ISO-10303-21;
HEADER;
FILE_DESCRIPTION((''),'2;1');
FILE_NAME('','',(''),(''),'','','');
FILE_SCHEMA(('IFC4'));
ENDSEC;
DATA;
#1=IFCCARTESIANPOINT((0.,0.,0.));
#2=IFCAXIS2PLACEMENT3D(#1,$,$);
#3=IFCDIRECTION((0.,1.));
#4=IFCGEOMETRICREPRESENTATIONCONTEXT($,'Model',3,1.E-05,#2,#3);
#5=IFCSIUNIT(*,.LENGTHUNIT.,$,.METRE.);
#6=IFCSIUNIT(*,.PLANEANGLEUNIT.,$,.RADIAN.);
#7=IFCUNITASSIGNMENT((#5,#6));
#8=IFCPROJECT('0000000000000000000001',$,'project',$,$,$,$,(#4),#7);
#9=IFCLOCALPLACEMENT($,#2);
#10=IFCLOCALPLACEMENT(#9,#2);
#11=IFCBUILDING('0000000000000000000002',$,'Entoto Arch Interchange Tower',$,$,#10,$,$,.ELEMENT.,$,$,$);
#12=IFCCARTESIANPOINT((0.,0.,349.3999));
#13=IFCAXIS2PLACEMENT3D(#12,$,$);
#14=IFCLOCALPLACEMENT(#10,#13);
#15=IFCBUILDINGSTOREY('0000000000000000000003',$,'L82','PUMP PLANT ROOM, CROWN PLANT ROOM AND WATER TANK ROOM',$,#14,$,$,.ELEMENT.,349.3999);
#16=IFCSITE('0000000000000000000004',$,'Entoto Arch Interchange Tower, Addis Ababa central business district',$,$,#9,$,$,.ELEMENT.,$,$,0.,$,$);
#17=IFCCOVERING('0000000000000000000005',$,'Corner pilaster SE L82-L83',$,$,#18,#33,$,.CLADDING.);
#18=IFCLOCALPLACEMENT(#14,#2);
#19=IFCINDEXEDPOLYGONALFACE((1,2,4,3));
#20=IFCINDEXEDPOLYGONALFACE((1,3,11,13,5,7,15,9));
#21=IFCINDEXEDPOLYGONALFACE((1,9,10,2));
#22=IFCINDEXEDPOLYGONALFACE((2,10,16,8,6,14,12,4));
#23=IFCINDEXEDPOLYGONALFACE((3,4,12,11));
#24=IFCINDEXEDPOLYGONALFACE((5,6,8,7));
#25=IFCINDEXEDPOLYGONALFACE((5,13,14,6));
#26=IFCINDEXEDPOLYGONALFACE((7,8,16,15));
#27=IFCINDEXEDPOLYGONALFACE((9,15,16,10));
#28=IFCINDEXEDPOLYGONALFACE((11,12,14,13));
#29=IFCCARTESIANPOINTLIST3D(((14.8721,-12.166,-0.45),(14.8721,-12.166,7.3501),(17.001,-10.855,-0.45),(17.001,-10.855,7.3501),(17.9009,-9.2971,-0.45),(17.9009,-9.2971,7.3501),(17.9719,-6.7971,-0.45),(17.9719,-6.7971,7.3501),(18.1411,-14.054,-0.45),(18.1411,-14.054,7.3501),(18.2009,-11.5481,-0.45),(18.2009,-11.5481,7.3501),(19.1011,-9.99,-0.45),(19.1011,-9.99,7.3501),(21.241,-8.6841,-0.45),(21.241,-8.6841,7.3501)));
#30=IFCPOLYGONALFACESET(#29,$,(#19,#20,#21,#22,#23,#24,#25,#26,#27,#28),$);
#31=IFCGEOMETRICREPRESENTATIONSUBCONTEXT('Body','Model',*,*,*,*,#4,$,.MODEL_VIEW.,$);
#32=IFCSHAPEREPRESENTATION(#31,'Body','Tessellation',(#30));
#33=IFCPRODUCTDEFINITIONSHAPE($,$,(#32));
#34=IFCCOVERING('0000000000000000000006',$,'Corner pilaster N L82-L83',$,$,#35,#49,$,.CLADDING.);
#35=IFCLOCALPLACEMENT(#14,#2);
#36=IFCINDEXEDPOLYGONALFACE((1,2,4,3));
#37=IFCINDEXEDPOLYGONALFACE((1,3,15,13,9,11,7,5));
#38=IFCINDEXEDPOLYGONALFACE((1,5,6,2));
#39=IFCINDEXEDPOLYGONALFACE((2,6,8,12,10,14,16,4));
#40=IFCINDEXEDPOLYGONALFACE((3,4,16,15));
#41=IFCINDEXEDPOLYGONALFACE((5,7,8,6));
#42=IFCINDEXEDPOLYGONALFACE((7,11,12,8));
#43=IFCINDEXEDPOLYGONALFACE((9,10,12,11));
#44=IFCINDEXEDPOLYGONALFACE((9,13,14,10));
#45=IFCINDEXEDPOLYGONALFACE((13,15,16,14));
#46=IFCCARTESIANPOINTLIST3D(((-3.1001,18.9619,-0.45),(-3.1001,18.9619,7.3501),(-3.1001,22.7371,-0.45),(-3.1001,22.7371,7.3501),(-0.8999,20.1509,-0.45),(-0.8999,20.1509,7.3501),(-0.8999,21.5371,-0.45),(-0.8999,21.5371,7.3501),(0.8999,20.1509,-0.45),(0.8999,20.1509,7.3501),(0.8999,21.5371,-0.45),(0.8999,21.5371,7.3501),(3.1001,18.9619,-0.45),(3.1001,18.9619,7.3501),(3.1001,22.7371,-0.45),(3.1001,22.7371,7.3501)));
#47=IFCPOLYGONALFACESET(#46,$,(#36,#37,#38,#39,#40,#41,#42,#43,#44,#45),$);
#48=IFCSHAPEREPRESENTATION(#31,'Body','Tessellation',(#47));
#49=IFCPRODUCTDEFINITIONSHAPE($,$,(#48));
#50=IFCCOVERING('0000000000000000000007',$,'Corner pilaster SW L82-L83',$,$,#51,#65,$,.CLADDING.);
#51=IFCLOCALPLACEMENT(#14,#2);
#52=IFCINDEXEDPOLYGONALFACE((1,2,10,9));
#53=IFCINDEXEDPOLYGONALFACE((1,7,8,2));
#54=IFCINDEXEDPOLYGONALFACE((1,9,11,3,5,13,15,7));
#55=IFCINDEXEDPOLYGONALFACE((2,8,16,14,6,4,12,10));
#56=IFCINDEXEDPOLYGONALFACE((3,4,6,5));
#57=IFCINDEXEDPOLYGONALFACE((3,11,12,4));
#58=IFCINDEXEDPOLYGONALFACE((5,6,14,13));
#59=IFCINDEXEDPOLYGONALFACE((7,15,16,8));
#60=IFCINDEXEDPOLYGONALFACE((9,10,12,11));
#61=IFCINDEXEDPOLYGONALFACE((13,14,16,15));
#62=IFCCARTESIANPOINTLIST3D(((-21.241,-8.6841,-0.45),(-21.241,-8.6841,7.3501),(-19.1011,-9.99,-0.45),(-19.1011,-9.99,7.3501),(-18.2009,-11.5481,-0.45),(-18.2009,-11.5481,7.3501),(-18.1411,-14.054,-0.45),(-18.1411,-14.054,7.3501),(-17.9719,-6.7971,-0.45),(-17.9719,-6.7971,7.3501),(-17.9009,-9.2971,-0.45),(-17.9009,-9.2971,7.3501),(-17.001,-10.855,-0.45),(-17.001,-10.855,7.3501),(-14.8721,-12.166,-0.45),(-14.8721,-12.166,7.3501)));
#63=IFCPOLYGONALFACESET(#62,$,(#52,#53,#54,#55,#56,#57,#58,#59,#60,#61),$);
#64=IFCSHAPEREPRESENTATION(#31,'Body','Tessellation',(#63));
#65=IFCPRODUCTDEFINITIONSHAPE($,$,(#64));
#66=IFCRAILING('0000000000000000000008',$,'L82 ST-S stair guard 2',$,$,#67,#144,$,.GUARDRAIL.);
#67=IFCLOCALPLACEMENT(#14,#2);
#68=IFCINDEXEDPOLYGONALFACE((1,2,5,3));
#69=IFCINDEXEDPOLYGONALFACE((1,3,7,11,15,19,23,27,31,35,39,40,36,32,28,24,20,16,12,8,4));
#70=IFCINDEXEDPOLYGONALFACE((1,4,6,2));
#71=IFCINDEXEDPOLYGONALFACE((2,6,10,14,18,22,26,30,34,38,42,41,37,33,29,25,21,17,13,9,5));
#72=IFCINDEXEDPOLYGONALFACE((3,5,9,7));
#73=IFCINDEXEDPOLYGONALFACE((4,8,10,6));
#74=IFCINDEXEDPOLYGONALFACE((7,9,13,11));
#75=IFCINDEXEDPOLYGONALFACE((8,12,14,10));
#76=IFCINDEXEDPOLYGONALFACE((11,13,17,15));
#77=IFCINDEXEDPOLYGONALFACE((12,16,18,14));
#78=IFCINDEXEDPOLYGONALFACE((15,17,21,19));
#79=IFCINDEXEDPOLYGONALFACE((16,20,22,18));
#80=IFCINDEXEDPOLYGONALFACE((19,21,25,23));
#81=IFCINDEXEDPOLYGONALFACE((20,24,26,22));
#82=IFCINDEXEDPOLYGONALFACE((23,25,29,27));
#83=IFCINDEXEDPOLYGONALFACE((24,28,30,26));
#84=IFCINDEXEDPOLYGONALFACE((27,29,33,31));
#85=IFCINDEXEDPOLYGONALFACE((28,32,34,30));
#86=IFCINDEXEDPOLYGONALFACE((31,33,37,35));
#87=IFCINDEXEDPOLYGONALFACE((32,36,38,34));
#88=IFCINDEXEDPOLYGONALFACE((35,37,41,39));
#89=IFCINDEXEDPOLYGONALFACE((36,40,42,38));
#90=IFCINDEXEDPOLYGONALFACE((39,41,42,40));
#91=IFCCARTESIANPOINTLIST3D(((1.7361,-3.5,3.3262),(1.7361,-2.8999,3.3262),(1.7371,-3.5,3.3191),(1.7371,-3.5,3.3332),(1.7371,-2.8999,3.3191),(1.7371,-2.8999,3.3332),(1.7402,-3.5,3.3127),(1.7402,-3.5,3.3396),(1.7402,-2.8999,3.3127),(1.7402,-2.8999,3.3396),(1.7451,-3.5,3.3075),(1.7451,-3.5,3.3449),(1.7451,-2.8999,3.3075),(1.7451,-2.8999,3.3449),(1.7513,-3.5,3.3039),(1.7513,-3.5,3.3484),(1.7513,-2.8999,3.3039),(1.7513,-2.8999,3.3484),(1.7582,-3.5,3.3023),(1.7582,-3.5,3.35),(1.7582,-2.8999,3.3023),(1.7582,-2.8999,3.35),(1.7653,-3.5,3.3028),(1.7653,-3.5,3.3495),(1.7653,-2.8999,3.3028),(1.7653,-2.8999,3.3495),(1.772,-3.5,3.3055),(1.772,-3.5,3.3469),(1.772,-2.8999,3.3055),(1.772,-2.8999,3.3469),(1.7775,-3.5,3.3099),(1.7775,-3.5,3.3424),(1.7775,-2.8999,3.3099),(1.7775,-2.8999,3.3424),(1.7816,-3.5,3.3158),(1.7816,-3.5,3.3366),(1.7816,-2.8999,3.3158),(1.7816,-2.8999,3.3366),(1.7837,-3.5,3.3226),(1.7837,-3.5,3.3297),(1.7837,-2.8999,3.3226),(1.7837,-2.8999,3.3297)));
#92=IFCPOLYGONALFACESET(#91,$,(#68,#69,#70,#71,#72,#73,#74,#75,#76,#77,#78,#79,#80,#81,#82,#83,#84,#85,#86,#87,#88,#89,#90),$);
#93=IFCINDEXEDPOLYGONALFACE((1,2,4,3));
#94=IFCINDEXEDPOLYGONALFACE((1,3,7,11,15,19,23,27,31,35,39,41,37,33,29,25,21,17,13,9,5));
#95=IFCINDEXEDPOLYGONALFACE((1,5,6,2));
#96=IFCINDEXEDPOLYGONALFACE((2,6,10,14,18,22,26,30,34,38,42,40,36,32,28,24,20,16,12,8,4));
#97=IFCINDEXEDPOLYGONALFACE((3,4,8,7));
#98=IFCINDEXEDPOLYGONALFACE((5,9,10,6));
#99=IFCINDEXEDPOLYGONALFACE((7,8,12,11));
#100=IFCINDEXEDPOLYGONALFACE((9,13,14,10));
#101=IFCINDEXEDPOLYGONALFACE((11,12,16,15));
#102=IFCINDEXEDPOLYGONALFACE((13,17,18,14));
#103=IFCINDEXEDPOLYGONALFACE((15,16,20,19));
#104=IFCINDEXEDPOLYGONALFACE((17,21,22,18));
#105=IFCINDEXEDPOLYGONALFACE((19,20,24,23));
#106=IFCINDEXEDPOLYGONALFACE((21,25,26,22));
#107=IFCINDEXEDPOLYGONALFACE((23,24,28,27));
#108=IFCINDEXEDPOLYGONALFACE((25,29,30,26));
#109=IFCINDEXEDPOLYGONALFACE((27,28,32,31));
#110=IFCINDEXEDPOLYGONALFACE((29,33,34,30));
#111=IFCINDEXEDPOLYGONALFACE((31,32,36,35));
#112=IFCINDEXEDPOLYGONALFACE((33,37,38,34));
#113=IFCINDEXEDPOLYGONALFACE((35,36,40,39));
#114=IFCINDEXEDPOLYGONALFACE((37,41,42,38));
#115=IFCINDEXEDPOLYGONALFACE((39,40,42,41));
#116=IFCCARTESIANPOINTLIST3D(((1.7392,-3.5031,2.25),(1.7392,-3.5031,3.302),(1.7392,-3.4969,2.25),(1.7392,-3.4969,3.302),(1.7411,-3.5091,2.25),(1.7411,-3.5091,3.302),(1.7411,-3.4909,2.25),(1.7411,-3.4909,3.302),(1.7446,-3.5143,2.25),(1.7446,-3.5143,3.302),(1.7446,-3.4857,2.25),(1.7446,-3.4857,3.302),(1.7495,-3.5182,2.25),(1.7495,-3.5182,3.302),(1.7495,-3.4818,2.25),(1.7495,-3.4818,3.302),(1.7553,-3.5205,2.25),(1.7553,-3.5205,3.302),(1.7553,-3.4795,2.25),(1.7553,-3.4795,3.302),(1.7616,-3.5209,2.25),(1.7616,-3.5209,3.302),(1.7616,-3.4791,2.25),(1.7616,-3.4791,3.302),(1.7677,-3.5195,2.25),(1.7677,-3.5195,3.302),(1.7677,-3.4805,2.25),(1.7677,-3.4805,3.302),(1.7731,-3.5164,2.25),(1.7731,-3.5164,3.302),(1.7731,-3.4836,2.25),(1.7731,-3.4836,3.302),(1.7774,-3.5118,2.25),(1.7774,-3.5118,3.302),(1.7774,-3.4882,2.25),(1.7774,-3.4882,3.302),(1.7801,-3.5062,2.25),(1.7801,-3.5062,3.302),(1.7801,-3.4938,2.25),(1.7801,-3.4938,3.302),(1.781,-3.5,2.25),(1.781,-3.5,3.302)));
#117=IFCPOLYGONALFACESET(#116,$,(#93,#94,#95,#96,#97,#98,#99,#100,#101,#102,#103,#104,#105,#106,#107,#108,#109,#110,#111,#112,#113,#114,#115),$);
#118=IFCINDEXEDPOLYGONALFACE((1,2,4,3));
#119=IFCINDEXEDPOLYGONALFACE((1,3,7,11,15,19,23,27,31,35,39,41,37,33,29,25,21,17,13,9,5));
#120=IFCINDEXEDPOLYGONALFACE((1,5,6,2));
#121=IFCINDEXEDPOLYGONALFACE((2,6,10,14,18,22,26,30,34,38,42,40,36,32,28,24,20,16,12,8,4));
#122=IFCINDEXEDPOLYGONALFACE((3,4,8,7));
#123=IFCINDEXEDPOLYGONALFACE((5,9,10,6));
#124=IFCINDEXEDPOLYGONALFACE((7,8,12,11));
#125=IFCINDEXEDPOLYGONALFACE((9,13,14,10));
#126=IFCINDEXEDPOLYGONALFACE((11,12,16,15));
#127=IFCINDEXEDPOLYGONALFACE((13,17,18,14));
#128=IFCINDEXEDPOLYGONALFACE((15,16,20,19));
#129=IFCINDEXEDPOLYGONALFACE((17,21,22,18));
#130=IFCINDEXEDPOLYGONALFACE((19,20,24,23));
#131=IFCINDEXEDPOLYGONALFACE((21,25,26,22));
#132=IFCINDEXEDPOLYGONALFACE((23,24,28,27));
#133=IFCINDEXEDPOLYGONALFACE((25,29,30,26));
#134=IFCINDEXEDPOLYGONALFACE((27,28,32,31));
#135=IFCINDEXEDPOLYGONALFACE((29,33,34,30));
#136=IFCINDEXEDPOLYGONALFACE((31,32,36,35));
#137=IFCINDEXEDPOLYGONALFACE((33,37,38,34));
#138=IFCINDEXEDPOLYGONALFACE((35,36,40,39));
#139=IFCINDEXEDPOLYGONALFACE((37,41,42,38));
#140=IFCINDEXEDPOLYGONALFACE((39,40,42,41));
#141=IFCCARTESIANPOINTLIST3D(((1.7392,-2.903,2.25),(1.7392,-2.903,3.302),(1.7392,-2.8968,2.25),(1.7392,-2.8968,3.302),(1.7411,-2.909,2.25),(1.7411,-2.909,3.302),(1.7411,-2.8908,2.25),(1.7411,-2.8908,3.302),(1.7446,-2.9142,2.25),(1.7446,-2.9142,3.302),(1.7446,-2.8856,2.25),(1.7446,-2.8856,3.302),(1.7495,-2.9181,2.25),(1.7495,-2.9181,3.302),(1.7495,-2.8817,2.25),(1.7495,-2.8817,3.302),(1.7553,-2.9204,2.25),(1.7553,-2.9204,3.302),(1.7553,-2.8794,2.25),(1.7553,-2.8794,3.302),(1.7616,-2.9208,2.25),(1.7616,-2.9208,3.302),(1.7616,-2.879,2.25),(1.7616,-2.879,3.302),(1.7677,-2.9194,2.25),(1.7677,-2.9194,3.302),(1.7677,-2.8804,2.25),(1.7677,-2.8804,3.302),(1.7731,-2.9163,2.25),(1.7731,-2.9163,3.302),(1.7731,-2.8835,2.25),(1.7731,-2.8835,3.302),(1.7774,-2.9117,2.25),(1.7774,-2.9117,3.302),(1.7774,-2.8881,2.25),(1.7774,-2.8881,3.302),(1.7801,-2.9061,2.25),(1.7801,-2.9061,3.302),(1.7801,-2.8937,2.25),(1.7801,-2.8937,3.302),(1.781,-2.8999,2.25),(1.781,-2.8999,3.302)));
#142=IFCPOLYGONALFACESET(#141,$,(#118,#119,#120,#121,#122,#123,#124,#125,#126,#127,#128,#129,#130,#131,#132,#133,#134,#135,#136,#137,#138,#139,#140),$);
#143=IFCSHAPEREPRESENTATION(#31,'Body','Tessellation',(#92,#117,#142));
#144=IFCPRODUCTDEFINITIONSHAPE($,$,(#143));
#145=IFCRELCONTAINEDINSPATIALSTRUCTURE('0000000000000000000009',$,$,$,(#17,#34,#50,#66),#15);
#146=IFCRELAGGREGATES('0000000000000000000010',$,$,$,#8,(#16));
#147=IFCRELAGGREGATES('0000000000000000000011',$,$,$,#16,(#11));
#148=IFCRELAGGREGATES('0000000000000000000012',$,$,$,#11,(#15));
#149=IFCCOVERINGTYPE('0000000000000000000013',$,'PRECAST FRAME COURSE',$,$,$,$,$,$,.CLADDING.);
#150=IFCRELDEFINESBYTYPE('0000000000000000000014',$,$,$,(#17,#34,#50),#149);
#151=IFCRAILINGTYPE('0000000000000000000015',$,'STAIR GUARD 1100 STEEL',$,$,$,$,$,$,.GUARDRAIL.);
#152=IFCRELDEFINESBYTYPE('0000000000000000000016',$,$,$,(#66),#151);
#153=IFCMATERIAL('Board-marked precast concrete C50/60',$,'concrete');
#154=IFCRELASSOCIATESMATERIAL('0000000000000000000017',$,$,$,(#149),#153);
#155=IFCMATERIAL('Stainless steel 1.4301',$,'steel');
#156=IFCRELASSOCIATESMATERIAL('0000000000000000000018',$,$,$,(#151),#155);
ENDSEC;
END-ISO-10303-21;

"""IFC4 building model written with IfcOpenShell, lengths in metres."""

from ifc_helpers import new_model, si_unit, direction, frame, origin, origin_2d, place, context, subcontext, project, spatial, polyline, circle, outline, extrude, material, type_object, element, save


model = new_model("IFC4")

# Units and contexts
model_context = context("Model", 3, precision=1e-05, world=origin(), true_north=direction((0.0, 1.0)))
body_context = subcontext(model_context, "Body", "Model", "MODEL_VIEW")
ifc_project = project(units=[si_unit("LENGTHUNIT", "METRE"), si_unit("PLANEANGLEUNIT", "RADIAN")], contexts=[model_context])

# Site, building, storey
site_placement = place(None, origin())
site = spatial("IfcSite", under=ifc_project, at=site_placement, Name="Entoto Arch Interchange Tower, Addis Ababa central business district", CompositionType="ELEMENT", RefElevation=0.0)
building_placement = place(site_placement, origin())
building = spatial("IfcBuilding", under=site, at=building_placement, Name="Entoto Arch Interchange Tower", CompositionType="ELEMENT")
storey_placement = place(building_placement, frame((0.0, 0.0, 349.3999)))
storey = spatial("IfcBuildingStorey", under=building, at=storey_placement, Name="L82", Description="PUMP PLANT ROOM, CROWN PLANT ROOM AND WATER TANK ROOM", CompositionType="ELEMENT", Elevation=349.3999)

# Shared definitions
ifc_material_1 = material(Name="Board-marked precast concrete C50/60", Category="concrete")

# Coverings
covering_type = type_object("IfcCoveringType", Name="PRECAST FRAME COURSE", PredefinedType="CLADDING", material=ifc_material_1)
covering_1_placement = place(storey_placement, frame((0.0, 0.0, -0.45)))
element("IfcCovering", 1, at=covering_1_placement, inside=storey, type_object=covering_type, Name="Corner pilaster SE L82-L83", PredefinedType="CLADDING", context=body_context, shape_type="SweptSolid", body=[
    extrude(outline(polyline([(21.241, -8.6841), (18.1411, -14.054), (14.8721, -12.166), (17.001, -10.855), (18.2009, -11.5481), (19.1011, -9.99), (17.9009, -9.2971), (17.9719, -6.7971), (21.241, -8.6841)])), origin(), (0.0, 0.0, 1.0), 7.8),
])
covering_2_placement = place(storey_placement, frame((0.0, 0.0, -0.45)))
element("IfcCovering", 2, at=covering_2_placement, inside=storey, type_object=covering_type, Name="Corner pilaster N L82-L83", PredefinedType="CLADDING", context=body_context, shape_type="SweptSolid", body=[
    extrude(outline(polyline([(-3.1001, 22.7371), (3.1001, 22.7371), (3.1001, 18.9619), (0.8999, 20.1509), (0.8999, 21.5371), (-0.8999, 21.5371), (-0.8999, 20.1509), (-3.1001, 18.9619), (-3.1001, 22.7371)])), origin(), (0.0, 0.0, 1.0), 7.8),
])
covering_3_placement = place(storey_placement, frame((0.0, 0.0, -0.45)))
element("IfcCovering", 3, at=covering_3_placement, inside=storey, type_object=covering_type, Name="Corner pilaster SW L82-L83", PredefinedType="CLADDING", context=body_context, shape_type="SweptSolid", body=[
    extrude(outline(polyline([(-18.1411, -14.054), (-21.241, -8.6841), (-17.9719, -6.7971), (-17.9009, -9.2971), (-19.1011, -9.99), (-18.2009, -11.5481), (-17.001, -10.855), (-14.8721, -12.166), (-18.1411, -14.054)])), origin(), (0.0, 0.0, 1.0), 7.8),
])

# Railing
ifc_material_2 = material(Name="Stainless steel 1.4301", Category="steel")
railing_type_1 = type_object("IfcRailingType", Name="STAIR GUARD 1100 STEEL", PredefinedType="GUARDRAIL", material=ifc_material_2)
railing_1_placement = place(storey_placement, frame((1.76, -3.5, 2.25)))
element("IfcRailing", 4, at=railing_1_placement, inside=storey, type_object=railing_type_1, Name="L82 ST-S stair guard 2", PredefinedType="GUARDRAIL", context=body_context, shape_type="SweptSolid", body=[
    extrude(circle(Radius=0.0239, at=origin_2d()), frame((0.0, 0.0, 1.0762), z_axis=(0.0, 1.0, 0.0), x_axis=(-1.0, 0.0, 0.0)), (0.0, 0.0, 1.0), 0.6001),
    extrude(circle(Radius=0.021, at=origin_2d()), origin(), (0.0, 0.0, 1.0), 1.052),
    extrude(circle(Radius=0.021, at=origin_2d()), frame((0.0, 0.6001, 0.0)), (0.0, 0.0, 1.0), 1.052),
])

save(model, "model.ifc")
